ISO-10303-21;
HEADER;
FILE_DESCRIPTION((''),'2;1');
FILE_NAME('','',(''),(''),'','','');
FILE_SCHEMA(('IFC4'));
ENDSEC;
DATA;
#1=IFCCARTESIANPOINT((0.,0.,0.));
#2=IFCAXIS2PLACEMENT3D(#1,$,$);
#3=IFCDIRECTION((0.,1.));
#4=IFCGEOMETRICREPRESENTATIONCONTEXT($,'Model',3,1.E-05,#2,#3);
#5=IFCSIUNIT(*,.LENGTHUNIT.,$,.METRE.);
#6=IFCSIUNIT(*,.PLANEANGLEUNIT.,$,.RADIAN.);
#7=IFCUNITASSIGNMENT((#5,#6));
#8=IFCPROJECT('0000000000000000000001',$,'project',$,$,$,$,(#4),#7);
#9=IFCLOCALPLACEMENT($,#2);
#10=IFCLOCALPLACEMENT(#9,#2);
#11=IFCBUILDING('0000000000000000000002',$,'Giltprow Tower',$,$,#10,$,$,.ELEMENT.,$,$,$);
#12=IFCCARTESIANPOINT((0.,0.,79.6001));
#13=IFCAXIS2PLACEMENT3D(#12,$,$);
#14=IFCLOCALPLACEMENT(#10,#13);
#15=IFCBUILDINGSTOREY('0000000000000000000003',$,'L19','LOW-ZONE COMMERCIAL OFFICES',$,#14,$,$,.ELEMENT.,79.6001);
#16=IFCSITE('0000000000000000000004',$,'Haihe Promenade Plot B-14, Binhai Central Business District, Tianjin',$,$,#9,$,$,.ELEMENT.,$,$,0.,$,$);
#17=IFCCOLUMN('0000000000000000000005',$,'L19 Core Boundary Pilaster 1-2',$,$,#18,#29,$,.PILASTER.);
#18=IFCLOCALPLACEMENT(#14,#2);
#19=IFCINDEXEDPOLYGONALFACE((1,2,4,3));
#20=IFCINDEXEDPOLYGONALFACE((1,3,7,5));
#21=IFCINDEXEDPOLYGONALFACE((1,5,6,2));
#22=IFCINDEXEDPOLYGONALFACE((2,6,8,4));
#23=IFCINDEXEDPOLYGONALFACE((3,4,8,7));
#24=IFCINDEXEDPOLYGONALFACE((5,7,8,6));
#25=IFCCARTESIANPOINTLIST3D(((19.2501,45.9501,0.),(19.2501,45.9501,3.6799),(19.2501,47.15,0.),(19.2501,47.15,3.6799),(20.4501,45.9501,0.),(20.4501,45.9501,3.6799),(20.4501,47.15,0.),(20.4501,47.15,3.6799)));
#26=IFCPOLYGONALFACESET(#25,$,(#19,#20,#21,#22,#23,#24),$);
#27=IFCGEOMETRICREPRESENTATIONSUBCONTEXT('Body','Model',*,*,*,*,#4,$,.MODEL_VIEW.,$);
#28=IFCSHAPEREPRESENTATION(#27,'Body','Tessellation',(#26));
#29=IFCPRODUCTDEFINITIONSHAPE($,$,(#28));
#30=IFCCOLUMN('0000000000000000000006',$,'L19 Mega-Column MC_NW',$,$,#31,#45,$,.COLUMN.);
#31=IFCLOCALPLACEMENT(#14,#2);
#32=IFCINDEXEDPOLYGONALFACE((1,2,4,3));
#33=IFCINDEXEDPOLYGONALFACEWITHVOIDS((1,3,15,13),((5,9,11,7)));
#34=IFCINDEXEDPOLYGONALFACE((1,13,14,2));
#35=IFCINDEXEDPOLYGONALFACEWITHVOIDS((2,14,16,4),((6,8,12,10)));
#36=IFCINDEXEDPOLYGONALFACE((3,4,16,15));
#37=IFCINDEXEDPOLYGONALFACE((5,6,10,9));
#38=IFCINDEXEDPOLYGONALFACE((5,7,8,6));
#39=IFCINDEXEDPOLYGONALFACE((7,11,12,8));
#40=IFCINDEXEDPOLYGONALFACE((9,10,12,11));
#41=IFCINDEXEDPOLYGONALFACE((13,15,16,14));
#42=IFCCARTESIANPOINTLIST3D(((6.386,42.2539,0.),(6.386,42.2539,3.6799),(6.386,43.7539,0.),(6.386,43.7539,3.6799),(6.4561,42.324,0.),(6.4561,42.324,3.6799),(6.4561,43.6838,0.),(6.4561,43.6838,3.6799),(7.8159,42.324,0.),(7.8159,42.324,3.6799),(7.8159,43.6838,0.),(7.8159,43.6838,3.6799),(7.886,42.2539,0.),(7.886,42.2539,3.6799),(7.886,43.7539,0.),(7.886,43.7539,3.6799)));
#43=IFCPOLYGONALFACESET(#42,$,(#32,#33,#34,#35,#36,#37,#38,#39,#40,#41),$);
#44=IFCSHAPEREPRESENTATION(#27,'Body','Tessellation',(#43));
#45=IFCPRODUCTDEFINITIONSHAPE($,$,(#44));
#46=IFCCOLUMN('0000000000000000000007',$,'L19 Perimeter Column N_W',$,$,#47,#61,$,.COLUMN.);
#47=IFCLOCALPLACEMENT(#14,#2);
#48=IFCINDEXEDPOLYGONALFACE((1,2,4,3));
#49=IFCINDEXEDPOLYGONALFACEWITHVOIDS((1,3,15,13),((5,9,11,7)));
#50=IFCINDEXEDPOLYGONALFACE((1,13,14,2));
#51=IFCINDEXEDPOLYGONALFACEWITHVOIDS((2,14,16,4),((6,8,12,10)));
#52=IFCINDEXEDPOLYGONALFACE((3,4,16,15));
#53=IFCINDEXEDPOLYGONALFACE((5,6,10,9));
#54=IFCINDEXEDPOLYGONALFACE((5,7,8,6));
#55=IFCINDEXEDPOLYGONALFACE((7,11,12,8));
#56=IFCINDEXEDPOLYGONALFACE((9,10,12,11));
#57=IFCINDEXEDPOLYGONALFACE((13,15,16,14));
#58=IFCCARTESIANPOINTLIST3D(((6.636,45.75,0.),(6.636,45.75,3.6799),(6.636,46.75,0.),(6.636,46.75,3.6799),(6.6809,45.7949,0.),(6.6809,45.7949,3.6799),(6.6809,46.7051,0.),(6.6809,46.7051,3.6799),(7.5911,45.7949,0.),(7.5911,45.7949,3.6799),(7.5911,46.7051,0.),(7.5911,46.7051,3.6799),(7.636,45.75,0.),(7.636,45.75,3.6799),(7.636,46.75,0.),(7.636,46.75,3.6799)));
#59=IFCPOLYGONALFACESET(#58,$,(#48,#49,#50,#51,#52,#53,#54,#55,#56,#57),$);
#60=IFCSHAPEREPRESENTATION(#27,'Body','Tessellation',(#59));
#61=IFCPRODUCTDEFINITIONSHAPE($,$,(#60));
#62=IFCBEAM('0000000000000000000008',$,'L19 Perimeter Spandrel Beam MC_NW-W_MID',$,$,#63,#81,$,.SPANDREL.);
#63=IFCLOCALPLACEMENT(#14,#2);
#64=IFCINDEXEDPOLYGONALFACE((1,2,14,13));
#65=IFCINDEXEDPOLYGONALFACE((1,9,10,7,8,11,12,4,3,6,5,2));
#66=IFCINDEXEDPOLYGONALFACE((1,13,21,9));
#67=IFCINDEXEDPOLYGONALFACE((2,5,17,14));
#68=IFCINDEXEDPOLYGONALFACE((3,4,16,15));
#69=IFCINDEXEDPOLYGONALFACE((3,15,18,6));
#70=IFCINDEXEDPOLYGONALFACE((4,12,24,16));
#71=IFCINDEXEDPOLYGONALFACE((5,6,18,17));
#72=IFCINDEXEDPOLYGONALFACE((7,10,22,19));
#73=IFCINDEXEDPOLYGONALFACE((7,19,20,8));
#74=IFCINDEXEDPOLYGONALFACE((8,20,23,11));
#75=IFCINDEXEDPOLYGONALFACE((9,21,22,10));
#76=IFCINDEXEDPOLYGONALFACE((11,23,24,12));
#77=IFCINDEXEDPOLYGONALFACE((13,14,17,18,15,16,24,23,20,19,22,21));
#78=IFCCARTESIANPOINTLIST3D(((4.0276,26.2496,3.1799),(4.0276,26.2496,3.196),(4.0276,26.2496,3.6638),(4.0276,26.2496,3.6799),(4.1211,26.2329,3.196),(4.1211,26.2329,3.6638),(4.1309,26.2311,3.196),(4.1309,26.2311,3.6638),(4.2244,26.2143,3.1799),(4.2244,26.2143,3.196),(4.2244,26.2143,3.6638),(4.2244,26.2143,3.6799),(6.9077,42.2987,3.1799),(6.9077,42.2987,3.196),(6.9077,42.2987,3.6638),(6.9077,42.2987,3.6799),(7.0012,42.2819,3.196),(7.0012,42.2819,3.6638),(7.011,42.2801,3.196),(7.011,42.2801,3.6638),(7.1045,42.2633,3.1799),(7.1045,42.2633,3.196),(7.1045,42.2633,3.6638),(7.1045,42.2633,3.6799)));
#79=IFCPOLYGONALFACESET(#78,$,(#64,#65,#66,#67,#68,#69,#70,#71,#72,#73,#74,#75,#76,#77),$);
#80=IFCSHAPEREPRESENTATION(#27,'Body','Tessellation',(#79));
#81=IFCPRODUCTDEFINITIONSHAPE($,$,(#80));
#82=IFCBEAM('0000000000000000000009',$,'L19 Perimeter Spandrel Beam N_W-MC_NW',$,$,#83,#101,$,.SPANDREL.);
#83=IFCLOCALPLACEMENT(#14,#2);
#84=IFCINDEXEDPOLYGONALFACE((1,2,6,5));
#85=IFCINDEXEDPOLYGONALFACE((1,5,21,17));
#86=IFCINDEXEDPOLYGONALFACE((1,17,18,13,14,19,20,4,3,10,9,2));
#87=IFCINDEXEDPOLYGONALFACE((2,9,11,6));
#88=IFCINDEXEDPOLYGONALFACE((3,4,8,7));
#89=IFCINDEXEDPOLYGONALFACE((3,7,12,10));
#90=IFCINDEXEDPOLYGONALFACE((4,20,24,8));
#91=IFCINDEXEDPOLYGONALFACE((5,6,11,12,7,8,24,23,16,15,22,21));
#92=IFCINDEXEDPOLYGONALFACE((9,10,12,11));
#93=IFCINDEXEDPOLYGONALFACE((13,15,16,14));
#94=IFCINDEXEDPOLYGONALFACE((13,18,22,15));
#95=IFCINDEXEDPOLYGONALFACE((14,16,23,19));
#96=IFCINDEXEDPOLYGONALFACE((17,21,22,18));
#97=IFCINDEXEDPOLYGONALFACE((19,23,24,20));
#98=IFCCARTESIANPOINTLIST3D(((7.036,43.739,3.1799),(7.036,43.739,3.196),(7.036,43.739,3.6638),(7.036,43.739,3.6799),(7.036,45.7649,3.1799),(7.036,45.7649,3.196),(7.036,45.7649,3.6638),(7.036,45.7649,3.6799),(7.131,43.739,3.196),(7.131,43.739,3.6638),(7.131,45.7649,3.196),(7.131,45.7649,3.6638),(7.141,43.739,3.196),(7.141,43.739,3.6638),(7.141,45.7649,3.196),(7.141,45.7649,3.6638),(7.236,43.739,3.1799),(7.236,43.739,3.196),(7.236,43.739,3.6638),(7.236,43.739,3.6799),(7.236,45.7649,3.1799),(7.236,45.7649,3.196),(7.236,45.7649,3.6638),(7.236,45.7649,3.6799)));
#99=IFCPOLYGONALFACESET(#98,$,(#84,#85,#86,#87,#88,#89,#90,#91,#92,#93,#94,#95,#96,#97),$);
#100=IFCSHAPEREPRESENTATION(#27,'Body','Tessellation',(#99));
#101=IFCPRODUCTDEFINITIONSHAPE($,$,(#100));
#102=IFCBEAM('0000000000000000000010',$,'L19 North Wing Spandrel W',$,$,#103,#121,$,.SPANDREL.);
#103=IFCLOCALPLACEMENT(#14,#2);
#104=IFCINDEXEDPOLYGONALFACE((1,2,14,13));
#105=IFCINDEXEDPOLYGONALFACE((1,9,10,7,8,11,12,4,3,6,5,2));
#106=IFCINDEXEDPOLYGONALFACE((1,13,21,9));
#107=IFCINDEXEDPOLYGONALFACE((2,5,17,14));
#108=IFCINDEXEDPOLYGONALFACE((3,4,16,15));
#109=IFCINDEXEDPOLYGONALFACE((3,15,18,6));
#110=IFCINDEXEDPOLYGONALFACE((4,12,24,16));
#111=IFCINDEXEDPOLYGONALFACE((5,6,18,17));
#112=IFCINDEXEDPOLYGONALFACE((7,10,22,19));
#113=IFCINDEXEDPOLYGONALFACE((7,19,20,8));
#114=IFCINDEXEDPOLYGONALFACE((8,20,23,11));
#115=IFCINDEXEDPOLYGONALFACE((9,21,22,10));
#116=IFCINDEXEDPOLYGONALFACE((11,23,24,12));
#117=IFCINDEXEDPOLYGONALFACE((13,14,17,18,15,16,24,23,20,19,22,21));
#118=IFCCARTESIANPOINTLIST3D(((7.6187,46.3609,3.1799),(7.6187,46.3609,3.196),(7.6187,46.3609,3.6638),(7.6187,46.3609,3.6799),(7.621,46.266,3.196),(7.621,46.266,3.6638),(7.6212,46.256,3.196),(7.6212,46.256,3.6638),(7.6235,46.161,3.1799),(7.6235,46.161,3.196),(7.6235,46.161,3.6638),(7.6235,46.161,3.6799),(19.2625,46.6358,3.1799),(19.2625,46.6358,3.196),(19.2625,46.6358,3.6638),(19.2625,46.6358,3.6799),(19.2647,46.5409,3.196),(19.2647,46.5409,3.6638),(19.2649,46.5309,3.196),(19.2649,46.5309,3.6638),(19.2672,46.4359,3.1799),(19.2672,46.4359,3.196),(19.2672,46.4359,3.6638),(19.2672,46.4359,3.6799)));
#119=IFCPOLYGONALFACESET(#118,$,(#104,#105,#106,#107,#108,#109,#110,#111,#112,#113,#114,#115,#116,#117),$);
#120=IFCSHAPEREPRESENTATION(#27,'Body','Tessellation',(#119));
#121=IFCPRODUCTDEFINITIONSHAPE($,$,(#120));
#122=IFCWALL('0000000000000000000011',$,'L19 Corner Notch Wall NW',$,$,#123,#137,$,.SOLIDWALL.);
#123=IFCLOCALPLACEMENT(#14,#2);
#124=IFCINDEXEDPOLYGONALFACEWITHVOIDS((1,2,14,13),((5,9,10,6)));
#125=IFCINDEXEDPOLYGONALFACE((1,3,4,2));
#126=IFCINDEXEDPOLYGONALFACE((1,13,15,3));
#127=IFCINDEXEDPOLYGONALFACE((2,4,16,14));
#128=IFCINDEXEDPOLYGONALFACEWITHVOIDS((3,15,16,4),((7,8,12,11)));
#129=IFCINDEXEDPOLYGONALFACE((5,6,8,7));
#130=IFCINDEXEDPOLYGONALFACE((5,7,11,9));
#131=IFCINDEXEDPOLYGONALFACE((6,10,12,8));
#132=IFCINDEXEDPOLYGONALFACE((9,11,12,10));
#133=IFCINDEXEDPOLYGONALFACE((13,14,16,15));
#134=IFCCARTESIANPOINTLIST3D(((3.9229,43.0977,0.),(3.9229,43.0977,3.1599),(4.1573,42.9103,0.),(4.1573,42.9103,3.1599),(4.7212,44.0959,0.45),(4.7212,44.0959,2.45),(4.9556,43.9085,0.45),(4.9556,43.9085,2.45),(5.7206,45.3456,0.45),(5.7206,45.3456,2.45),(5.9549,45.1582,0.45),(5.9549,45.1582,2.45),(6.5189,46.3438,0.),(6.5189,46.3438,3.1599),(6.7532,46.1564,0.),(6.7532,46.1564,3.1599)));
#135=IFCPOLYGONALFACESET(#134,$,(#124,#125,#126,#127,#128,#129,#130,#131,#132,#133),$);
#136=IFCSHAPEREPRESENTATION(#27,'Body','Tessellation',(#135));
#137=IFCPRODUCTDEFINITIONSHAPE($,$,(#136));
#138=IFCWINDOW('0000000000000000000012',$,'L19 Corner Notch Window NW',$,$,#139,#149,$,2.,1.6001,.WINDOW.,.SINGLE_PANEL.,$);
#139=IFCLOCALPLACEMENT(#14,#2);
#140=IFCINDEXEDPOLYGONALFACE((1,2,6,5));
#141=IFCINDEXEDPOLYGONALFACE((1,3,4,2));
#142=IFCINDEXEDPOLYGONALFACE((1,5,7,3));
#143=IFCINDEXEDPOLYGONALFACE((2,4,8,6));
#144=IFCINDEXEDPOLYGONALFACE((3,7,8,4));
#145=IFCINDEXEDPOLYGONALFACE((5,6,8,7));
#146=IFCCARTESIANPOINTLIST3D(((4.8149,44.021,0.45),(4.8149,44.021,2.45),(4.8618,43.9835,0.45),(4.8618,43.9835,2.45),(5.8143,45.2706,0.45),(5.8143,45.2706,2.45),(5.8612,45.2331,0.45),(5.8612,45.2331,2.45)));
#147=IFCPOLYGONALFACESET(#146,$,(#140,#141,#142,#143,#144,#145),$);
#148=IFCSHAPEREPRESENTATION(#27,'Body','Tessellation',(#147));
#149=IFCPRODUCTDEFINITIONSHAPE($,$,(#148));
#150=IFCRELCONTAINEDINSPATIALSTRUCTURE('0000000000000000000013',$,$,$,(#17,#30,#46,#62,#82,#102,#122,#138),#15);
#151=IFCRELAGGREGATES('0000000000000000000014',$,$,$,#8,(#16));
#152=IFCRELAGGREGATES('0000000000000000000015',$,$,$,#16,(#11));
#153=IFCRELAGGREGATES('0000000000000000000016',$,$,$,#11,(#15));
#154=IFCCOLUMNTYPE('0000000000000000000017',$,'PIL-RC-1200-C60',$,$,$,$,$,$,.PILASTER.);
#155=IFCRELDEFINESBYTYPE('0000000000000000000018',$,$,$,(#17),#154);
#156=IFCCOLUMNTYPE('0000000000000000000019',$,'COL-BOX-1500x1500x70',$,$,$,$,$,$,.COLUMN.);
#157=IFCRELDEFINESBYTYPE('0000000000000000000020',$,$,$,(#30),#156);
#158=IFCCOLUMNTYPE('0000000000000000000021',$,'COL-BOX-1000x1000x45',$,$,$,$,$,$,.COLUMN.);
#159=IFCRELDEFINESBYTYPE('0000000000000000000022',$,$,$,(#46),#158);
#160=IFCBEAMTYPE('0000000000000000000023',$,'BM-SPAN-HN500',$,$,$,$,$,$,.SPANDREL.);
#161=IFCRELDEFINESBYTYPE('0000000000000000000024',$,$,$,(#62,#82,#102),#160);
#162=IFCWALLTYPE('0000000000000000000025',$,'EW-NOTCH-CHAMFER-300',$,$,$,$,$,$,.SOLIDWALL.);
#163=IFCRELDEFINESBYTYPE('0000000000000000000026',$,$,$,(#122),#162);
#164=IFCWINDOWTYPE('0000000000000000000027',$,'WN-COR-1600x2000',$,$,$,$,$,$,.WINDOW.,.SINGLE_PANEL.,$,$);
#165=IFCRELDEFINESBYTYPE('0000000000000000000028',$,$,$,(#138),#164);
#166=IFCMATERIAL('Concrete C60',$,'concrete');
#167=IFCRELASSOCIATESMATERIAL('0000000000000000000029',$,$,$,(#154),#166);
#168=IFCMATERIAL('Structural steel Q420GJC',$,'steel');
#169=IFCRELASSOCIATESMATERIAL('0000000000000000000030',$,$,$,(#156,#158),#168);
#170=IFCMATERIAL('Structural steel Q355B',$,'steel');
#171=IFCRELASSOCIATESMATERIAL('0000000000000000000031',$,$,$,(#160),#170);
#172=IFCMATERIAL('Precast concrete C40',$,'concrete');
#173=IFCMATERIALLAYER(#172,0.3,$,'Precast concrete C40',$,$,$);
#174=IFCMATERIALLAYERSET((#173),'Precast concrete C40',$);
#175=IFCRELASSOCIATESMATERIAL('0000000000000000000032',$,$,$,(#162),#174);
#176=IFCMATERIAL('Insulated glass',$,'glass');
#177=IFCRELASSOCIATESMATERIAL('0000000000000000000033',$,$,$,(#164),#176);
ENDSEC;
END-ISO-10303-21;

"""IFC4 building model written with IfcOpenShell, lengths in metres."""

from ifc_helpers import new_model, si_unit, direction, frame, frame_2d, origin, origin_2d, place, context, subcontext, project, spatial, rectangle, hollow_rectangle, i_section, extrude, source, transform, mapped, material, layer, layer_set, material_profile, profile_set, type_object, element, fill, save


model = new_model("IFC4")

# Units and contexts
model_context = context("Model", 3, precision=1e-05, world=origin(), true_north=direction((0.0, 1.0)))
body_context = subcontext(model_context, "Body", "Model", "MODEL_VIEW")
ifc_project = project(units=[si_unit("LENGTHUNIT", "METRE"), si_unit("PLANEANGLEUNIT", "RADIAN")], contexts=[model_context])

# Site, building, storey
site_placement = place(None, origin())
site = spatial("IfcSite", under=ifc_project, at=site_placement, Name="Haihe Promenade Plot B-14, Binhai Central Business District, Tianjin", CompositionType="ELEMENT", RefElevation=0.0)
building_placement = place(site_placement, origin())
building = spatial("IfcBuilding", under=site, at=building_placement, Name="Giltprow Tower", CompositionType="ELEMENT")
storey_placement = place(building_placement, frame((0.0, 0.0, 79.6001)))
storey = spatial("IfcBuildingStorey", under=building, at=storey_placement, Name="L19", Description="LOW-ZONE COMMERCIAL OFFICES", CompositionType="ELEMENT", Elevation=79.6001)

# Columns
ifc_material_1 = material(Name="Concrete C60", Category="concrete")
ifc_material_profile_1 = material_profile(ifc_material_1, rectangle(XDim=1.2, YDim=1.2, at=origin_2d()), Name="RC 1200x1200")
ifc_profile_set_1 = profile_set([ifc_material_profile_1], Name="Concrete C60")
column_type_1 = type_object("IfcColumnType", Name="PIL-RC-1200-C60", PredefinedType="PILASTER", material=ifc_profile_set_1)
shared_shape_1 = source(origin(), body_context, "Body", "SweptSolid", [
    extrude(rectangle(XDim=1.2, YDim=1.2, at=origin_2d()), origin(), (0.0, 0.0, 1.0), 3.6799),
])
column_1_placement = place(storey_placement, frame((19.8501, 46.55, 0.0), z_axis=(0.0, 0.0, 1.0), x_axis=(1.0, 0.0, 0.0)))
element("IfcColumn", 1, at=column_1_placement, inside=storey, type_object=column_type_1, Name="L19 Core Boundary Pilaster 1-2", PredefinedType="PILASTER", context=body_context, shape_type="MappedRepresentation", body=[
    mapped(shared_shape_1, transform((0.0, 0.0, 0.0), x_axis=(1.0, 0.0, 0.0), y_axis=(0.0, 1.0, 0.0), z_axis=(0.0, 0.0, 1.0), scale=1.0)),
])
ifc_material_2 = material(Name="Structural steel Q420GJC", Category="steel")
ifc_material_profile_2 = material_profile(ifc_material_2, hollow_rectangle(XDim=1.5, YDim=1.5, WallThickness=0.0701, at=origin_2d()), Name="BOX 1500x1500x70")
ifc_profile_set_2 = profile_set([ifc_material_profile_2], Name="Structural steel Q420GJC")
column_type_2 = type_object("IfcColumnType", Name="COL-BOX-1500x1500x70", PredefinedType="COLUMN", material=ifc_profile_set_2)
shared_shape_2 = source(origin(), body_context, "Body", "SweptSolid", [
    extrude(hollow_rectangle(XDim=1.5, YDim=1.5, WallThickness=0.0701, at=origin_2d()), origin(), (0.0, 0.0, 1.0), 3.6799),
])
column_2_placement = place(storey_placement, frame((7.136, 43.0039, 0.0), z_axis=(0.0, 0.0, 1.0), x_axis=(1.0, 0.0, 0.0)))
element("IfcColumn", 2, at=column_2_placement, inside=storey, type_object=column_type_2, Name="L19 Mega-Column MC_NW", PredefinedType="COLUMN", context=body_context, shape_type="MappedRepresentation", body=[
    mapped(shared_shape_2, transform((0.0, 0.0, 0.0), x_axis=(1.0, 0.0, 0.0), y_axis=(0.0, 1.0, 0.0), z_axis=(0.0, 0.0, 1.0), scale=1.0)),
])
ifc_material_profile_3 = material_profile(ifc_material_2, hollow_rectangle(XDim=1.0, YDim=1.0, WallThickness=0.0449, at=origin_2d()), Name="BOX 1000x1000x45")
ifc_profile_set_3 = profile_set([ifc_material_profile_3], Name="Structural steel Q420GJC")
column_type_3 = type_object("IfcColumnType", Name="COL-BOX-1000x1000x45", PredefinedType="COLUMN", material=ifc_profile_set_3)
shared_shape_3 = source(origin(), body_context, "Body", "SweptSolid", [
    extrude(hollow_rectangle(XDim=1.0, YDim=1.0, WallThickness=0.0449, at=origin_2d()), origin(), (0.0, 0.0, 1.0), 3.6799),
])
column_3_placement = place(storey_placement, frame((7.136, 46.25, 0.0), z_axis=(0.0, 0.0, 1.0), x_axis=(1.0, 0.0, 0.0)))
element("IfcColumn", 3, at=column_3_placement, inside=storey, type_object=column_type_3, Name="L19 Perimeter Column N_W", PredefinedType="COLUMN", context=body_context, shape_type="MappedRepresentation", body=[
    mapped(shared_shape_3, transform((0.0, 0.0, 0.0), x_axis=(1.0, 0.0, 0.0), y_axis=(0.0, 1.0, 0.0), z_axis=(0.0, 0.0, 1.0), scale=1.0)),
])

# Beams
ifc_material_3 = material(Name="Structural steel Q355B", Category="steel")
ifc_material_profile_4 = material_profile(ifc_material_3, i_section(OverallWidth=0.2, OverallDepth=0.5, WebThickness=0.01, FlangeThickness=0.0161, at=origin_2d()), Name="HN 500x200x10x16")
ifc_profile_set_4 = profile_set([ifc_material_profile_4], Name="Structural steel Q355B")
beam_type = type_object("IfcBeamType", Name="BM-SPAN-HN500", PredefinedType="SPANDREL", material=ifc_profile_set_4)
shared_shape_4 = source(origin(), body_context, "Body", "SweptSolid", [
    extrude(i_section(OverallWidth=0.2, OverallDepth=0.5, WebThickness=0.01, FlangeThickness=0.0161, at=origin_2d()), origin(), (0.0, 0.0, 1.0), 16.3054),
])
beam_1_placement = place(storey_placement, frame((7.0061, 42.281, 3.4299), z_axis=(-0.176636, -0.984276, 0.0), x_axis=(0.984276, -0.176636, 0.0)))
element("IfcBeam", 4, at=beam_1_placement, inside=storey, type_object=beam_type, Name="L19 Perimeter Spandrel Beam MC_NW-W_MID", PredefinedType="SPANDREL", context=body_context, shape_type="MappedRepresentation", body=[
    mapped(shared_shape_4, transform((0.0, 0.0, 0.0), x_axis=(1.0, 0.0, 0.0), y_axis=(0.0, 1.0, 0.0), z_axis=(0.0, 0.0, 1.0), scale=1.0)),
])
shared_shape_5 = source(origin(), body_context, "Body", "SweptSolid", [
    extrude(i_section(OverallWidth=0.2, OverallDepth=0.5, WebThickness=0.01, FlangeThickness=0.0161, at=origin_2d()), origin(), (0.0, 0.0, 1.0), 2.0259),
])
beam_2_placement = place(storey_placement, frame((7.136, 45.7649, 3.4299), z_axis=(0.0, -1.0, 0.0), x_axis=(1.0, 0.0, 0.0)))
element("IfcBeam", 5, at=beam_2_placement, inside=storey, type_object=beam_type, Name="L19 Perimeter Spandrel Beam N_W-MC_NW", PredefinedType="SPANDREL", context=body_context, shape_type="MappedRepresentation", body=[
    mapped(shared_shape_5, transform((0.0, 0.0, 0.0), x_axis=(1.0, 0.0, 0.0), y_axis=(0.0, 1.0, 0.0), z_axis=(0.0, 0.0, 1.0), scale=1.0)),
])
shared_shape_6 = source(origin(), body_context, "Body", "SweptSolid", [
    extrude(i_section(OverallWidth=0.2, OverallDepth=0.5, WebThickness=0.01, FlangeThickness=0.0161, at=origin_2d()), origin(), (0.0, 0.0, 1.0), 11.647),
])
beam_3_placement = place(storey_placement, frame((7.6211, 46.261, 3.4299), z_axis=(0.999721, 0.023603, 0.0), x_axis=(-0.023603, 0.999721, 0.0)))
element("IfcBeam", 6, at=beam_3_placement, inside=storey, type_object=beam_type, Name="L19 North Wing Spandrel W", PredefinedType="SPANDREL", context=body_context, shape_type="MappedRepresentation", body=[
    mapped(shared_shape_6, transform((0.0, 0.0, 0.0), x_axis=(1.0, 0.0, 0.0), y_axis=(0.0, 1.0, 0.0), z_axis=(0.0, 0.0, 1.0), scale=1.0)),
])

# Wall, opening, window
ifc_material_4 = material(Name="Precast concrete C40", Category="concrete")
ifc_layer_1 = layer(ifc_material_4, 0.3, Name="Precast concrete C40")
ifc_layer_set_1 = layer_set([ifc_layer_1], Name="Precast concrete C40")
wall_type_1 = type_object("IfcWallType", Name="EW-NOTCH-CHAMFER-300", PredefinedType="SOLIDWALL", material=ifc_layer_set_1)
wall_1_placement = place(storey_placement, frame((6.636, 46.25, 0.0), z_axis=(0.0, 0.0, 1.0), x_axis=(-0.624559, -0.780978, 0.0)))
wall_1 = element("IfcWall", 7, at=wall_1_placement, inside=storey, type_object=wall_type_1, Name="L19 Corner Notch Wall NW", PredefinedType="SOLIDWALL", context=body_context, shape_type="SweptSolid", body=[
    extrude(rectangle(XDim=4.1565, YDim=0.3, at=frame_2d((2.0781, 0.0))), origin(), (0.0, 0.0, 1.0), 3.1599),
])
opening_1_placement = place(wall_1_placement, frame((1.2781, 0.0, 0.45)))
opening_1 = element("IfcOpeningElement", 8, at=opening_1_placement, cuts=wall_1, PredefinedType="OPENING", context=body_context, shape_type="SweptSolid", body=[
    extrude(rectangle(XDim=1.6001, YDim=2.0, at=frame_2d((0.8, 1.0))), frame((0.0, 0.1599, 0.0), z_axis=(0.0, -1.0, 0.0), x_axis=(1.0, 0.0, 0.0)), (0.0, 0.0, 1.0), 0.3201),
])
ifc_material_5 = material(Name="Insulated glass", Category="glass")
window_type = type_object("IfcWindowType", Name="WN-COR-1600x2000", PartitioningType="SINGLE_PANEL", PredefinedType="WINDOW", material=ifc_material_5)
shared_shape_7 = source(origin(), body_context, "Body", "SweptSolid", [
    extrude(rectangle(XDim=1.6001, YDim=2.0, at=frame_2d((0.8, 1.0))), frame((0.0, 0.03, 0.0), z_axis=(0.0, -1.0, 0.0), x_axis=(1.0, 0.0, 0.0)), (0.0, 0.0, 1.0), 0.0601),
])
window_1_placement = place(opening_1_placement, origin())
window_1 = element("IfcWindow", 9, at=window_1_placement, inside=storey, type_object=window_type, Name="L19 Corner Notch Window NW", OverallHeight=2.0, OverallWidth=1.6001, PartitioningType="SINGLE_PANEL", PredefinedType="WINDOW", context=body_context, shape_type="MappedRepresentation", body=[
    mapped(shared_shape_7, transform((0.0, 0.0, 0.0), x_axis=(1.0, 0.0, 0.0), y_axis=(0.0, 1.0, 0.0), z_axis=(0.0, 0.0, 1.0), scale=1.0)),
])
fill(opening_1, window_1)

save(model, "model.ifc")
